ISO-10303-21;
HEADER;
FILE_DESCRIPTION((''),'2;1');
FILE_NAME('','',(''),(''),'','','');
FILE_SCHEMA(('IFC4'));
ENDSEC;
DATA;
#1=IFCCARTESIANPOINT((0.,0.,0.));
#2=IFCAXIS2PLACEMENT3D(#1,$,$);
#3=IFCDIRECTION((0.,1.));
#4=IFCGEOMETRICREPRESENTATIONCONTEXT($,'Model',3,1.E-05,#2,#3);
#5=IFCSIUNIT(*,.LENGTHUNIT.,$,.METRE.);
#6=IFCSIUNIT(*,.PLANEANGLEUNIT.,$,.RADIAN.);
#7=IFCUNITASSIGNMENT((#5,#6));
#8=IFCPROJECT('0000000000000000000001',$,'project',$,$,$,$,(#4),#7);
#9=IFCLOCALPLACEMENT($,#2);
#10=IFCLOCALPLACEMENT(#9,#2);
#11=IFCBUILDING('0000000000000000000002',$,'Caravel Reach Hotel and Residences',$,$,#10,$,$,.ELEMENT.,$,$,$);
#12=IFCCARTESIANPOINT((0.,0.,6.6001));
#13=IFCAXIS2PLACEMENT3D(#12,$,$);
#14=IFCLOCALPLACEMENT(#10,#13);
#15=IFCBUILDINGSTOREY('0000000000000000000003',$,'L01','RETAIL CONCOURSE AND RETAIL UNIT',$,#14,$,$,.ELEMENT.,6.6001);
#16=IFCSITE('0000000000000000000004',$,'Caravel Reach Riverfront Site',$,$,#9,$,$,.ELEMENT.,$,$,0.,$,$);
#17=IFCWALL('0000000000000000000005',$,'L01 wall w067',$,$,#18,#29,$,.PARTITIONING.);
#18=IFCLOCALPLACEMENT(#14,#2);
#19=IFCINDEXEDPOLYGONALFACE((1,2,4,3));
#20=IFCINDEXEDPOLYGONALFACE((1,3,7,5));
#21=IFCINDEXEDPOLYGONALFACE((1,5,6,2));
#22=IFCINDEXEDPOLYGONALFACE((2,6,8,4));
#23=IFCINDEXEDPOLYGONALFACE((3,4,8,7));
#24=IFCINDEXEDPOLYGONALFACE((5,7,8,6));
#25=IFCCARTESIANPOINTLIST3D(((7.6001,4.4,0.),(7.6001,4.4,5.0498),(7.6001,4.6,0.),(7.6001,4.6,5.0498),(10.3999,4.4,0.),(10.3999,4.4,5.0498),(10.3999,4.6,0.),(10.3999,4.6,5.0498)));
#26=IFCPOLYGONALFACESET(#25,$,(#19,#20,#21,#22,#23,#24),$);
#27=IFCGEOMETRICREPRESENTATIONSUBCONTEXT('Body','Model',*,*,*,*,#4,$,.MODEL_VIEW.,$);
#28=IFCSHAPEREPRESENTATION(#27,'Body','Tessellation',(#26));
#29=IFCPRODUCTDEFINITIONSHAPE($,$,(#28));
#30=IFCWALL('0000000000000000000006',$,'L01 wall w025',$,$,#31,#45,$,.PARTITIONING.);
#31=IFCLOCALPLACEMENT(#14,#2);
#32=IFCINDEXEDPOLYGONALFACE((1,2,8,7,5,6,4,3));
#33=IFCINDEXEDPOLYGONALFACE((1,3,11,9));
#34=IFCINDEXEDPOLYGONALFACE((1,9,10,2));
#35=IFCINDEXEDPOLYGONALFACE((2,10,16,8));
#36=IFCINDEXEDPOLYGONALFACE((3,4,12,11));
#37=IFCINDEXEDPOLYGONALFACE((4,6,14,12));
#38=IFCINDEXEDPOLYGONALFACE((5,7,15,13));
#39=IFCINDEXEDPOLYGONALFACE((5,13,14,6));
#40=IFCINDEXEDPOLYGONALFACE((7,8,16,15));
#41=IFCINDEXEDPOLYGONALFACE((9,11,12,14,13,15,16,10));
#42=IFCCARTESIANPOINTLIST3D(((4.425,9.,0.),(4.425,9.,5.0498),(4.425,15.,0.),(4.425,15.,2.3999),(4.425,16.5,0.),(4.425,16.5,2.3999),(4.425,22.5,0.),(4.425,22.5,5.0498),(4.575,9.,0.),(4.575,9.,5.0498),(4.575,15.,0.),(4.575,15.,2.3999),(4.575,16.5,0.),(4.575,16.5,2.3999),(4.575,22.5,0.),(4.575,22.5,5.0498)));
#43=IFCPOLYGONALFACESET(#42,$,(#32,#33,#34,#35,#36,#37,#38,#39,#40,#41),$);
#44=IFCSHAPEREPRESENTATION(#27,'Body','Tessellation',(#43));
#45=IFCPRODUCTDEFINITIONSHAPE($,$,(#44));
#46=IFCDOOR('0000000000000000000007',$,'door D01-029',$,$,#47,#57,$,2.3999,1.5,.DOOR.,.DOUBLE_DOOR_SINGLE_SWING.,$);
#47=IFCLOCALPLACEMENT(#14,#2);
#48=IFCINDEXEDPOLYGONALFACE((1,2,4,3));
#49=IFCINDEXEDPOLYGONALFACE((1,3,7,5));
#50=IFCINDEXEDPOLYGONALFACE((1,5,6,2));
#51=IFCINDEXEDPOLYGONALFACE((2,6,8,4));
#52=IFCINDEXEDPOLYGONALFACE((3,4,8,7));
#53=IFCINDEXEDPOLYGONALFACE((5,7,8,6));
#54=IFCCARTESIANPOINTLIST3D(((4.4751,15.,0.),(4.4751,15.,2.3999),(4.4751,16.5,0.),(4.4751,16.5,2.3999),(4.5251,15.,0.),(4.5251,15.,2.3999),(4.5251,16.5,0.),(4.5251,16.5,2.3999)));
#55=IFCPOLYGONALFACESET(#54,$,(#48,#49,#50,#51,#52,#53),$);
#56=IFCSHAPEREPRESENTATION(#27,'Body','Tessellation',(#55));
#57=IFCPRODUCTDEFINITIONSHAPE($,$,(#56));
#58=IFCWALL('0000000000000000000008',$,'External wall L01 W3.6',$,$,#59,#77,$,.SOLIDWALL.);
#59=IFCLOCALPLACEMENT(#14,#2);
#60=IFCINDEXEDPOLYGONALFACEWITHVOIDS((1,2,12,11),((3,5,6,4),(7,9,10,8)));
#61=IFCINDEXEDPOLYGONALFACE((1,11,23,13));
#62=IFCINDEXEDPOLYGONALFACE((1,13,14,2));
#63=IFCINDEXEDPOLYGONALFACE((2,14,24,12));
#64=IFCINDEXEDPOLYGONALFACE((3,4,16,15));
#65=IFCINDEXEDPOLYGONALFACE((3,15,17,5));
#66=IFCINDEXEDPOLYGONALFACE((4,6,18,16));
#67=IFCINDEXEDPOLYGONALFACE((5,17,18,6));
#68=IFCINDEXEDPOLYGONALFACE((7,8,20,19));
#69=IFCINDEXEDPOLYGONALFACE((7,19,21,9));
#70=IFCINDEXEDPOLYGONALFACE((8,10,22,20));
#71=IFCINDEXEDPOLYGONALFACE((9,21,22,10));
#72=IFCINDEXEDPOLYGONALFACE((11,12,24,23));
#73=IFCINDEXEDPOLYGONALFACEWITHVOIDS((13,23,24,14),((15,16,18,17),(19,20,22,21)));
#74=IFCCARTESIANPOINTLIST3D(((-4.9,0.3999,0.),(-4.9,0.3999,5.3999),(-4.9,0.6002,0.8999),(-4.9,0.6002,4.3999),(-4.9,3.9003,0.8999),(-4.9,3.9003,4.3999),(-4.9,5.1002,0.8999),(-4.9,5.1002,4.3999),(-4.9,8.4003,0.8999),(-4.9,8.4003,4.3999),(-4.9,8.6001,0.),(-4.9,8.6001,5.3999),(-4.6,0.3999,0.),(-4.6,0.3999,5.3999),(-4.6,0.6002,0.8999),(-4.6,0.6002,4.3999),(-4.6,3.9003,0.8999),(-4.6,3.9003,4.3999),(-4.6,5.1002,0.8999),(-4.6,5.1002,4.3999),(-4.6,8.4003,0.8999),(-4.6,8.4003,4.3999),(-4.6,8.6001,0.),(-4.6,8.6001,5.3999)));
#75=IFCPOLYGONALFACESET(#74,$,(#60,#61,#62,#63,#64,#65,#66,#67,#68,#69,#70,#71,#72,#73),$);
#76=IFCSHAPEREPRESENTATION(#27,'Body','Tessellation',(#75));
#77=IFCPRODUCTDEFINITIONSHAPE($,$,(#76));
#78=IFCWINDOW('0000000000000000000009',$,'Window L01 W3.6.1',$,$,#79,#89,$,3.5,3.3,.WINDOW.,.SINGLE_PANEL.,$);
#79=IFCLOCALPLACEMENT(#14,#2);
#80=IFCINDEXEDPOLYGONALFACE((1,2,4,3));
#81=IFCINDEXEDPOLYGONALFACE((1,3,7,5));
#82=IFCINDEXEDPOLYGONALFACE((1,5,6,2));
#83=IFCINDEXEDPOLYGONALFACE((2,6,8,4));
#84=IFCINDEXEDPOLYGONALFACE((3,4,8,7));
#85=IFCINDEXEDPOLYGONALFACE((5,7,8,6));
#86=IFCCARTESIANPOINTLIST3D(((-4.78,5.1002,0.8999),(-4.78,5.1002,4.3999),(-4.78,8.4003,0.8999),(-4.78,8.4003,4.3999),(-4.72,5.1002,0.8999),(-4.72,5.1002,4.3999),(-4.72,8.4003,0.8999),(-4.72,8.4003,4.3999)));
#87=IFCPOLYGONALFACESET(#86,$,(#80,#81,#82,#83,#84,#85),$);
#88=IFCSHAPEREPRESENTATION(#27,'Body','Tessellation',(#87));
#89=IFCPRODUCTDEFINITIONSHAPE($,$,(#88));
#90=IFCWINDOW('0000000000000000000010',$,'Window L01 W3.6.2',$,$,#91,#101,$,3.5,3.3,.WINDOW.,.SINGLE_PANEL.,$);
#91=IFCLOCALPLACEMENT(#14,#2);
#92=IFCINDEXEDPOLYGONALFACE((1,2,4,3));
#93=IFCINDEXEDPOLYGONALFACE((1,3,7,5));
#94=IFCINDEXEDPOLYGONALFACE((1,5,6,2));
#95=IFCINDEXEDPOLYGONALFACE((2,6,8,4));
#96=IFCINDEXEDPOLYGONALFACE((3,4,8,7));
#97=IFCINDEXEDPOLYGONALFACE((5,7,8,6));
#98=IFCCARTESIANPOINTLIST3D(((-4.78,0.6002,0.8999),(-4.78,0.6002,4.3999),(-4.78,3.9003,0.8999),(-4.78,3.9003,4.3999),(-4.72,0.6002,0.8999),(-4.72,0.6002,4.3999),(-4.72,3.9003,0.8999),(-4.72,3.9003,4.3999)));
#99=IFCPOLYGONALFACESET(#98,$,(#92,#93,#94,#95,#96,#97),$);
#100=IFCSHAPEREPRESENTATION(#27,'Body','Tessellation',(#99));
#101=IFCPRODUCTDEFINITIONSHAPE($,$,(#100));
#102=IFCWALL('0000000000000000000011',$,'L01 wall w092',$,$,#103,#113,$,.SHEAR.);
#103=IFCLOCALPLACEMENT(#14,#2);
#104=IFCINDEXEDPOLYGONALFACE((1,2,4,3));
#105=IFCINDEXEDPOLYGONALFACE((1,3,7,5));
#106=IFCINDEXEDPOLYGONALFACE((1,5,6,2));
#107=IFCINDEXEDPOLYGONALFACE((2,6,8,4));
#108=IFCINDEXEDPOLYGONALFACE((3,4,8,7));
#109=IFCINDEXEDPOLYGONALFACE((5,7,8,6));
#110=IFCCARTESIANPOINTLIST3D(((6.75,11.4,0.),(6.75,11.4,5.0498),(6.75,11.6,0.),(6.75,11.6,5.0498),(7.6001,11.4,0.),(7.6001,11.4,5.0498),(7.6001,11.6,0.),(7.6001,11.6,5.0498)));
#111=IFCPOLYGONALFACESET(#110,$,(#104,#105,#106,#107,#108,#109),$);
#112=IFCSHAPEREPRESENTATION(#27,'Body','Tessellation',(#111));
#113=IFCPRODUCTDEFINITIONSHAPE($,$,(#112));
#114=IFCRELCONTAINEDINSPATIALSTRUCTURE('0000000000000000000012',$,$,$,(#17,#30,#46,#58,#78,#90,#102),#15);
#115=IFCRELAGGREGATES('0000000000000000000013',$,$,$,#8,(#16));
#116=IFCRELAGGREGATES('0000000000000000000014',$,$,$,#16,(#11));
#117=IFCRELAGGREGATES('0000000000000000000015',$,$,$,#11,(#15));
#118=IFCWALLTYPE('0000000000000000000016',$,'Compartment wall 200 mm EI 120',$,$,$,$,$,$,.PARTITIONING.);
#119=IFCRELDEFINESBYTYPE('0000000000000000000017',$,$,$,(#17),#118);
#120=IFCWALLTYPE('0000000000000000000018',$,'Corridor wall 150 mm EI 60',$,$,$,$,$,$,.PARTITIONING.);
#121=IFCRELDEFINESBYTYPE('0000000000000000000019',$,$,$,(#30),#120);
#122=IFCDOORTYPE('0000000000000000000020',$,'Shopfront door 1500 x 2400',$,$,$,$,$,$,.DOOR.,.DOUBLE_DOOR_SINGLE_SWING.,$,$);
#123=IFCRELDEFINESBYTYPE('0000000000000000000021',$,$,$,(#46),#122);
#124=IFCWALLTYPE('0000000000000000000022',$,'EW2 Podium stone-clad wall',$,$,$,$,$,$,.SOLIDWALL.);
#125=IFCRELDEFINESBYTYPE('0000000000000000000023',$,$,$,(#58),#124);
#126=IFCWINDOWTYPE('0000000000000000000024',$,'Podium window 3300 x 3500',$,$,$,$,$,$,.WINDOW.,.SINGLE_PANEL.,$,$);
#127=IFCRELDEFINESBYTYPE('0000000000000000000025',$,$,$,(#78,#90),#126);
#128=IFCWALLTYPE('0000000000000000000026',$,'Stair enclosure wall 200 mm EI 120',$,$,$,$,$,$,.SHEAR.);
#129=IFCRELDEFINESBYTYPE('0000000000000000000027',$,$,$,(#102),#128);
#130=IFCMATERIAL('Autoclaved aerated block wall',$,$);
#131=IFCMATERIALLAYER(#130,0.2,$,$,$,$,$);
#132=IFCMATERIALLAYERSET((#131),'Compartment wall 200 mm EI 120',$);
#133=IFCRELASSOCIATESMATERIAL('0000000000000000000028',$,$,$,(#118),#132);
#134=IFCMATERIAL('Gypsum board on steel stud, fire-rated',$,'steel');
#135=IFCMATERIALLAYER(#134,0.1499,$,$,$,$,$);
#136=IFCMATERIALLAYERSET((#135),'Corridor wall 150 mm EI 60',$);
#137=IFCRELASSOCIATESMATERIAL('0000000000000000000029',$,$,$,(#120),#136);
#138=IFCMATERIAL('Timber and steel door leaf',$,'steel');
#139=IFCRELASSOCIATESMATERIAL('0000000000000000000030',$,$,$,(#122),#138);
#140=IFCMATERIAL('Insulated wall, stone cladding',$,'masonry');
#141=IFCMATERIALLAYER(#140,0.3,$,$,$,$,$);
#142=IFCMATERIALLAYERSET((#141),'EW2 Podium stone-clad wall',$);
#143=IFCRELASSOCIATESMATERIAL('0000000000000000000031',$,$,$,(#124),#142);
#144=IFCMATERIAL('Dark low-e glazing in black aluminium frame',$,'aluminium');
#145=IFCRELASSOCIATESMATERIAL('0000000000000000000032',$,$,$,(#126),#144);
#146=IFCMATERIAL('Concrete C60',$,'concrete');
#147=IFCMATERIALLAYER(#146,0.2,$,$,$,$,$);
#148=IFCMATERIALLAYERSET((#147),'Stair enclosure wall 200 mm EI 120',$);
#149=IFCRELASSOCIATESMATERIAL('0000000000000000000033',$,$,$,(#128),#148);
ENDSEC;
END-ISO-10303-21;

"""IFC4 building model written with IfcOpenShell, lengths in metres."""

from ifc_helpers import new_model, si_unit, direction, frame, frame_2d, origin, place, context, subcontext, project, spatial, rectangle, extrude, material, layer, layer_set, type_object, element, fill, save


model = new_model("IFC4")

# Units and contexts
model_context = context("Model", 3, precision=1e-05, world=origin(), true_north=direction((0.0, 1.0)))
body_context = subcontext(model_context, "Body", "Model", "MODEL_VIEW")
ifc_project = project(units=[si_unit("LENGTHUNIT", "METRE"), si_unit("PLANEANGLEUNIT", "RADIAN")], contexts=[model_context])

# Site, building, storey
site_placement = place(None, origin())
site = spatial("IfcSite", under=ifc_project, at=site_placement, Name="Caravel Reach Riverfront Site", CompositionType="ELEMENT", RefElevation=0.0)
building_placement = place(site_placement, origin())
building = spatial("IfcBuilding", under=site, at=building_placement, Name="Caravel Reach Hotel and Residences", CompositionType="ELEMENT")
storey_placement = place(building_placement, frame((0.0, 0.0, 6.6001)))
storey = spatial("IfcBuildingStorey", under=building, at=storey_placement, Name="L01", Description="RETAIL CONCOURSE AND RETAIL UNIT", CompositionType="ELEMENT", Elevation=6.6001)

# Wall
ifc_material_1 = material(Name="Autoclaved aerated block wall")
ifc_layer_1 = layer(ifc_material_1, 0.2)
ifc_layer_set_1 = layer_set([ifc_layer_1], Name="Compartment wall 200 mm EI 120")
wall_type_1 = type_object("IfcWallType", Name="Compartment wall 200 mm EI 120", PredefinedType="PARTITIONING", material=ifc_layer_set_1)
wall_1_placement = place(storey_placement, frame((7.6001, 4.5, 0.0), z_axis=(0.0, 0.0, 1.0), x_axis=(1.0, 0.0, 0.0)))
element("IfcWall", 1, at=wall_1_placement, inside=storey, type_object=wall_type_1, Name="L01 wall w067", PredefinedType="PARTITIONING", context=body_context, shape_type="SweptSolid", body=[
    extrude(rectangle(XDim=2.7998, YDim=0.2, at=frame_2d((1.3999, 0.0))), origin(), (0.0, 0.0, 1.0), 5.0498),
])

# Wall, opening, door
ifc_material_2 = material(Name="Gypsum board on steel stud, fire-rated", Category="steel")
ifc_layer_2 = layer(ifc_material_2, 0.1499)
ifc_layer_set_2 = layer_set([ifc_layer_2], Name="Corridor wall 150 mm EI 60")
wall_type_2 = type_object("IfcWallType", Name="Corridor wall 150 mm EI 60", PredefinedType="PARTITIONING", material=ifc_layer_set_2)
ifc_material_3 = material(Name="Timber and steel door leaf", Category="steel")
door_type = type_object("IfcDoorType", Name="Shopfront door 1500 x 2400", OperationType="DOUBLE_DOOR_SINGLE_SWING", PredefinedType="DOOR", material=ifc_material_3)
wall_2_placement = place(storey_placement, frame((4.5, 9.0, 0.0), z_axis=(0.0, 0.0, 1.0), x_axis=(0.0, 1.0, 0.0)))
wall_2 = element("IfcWall", 2, at=wall_2_placement, inside=storey, type_object=wall_type_2, Name="L01 wall w025", PredefinedType="PARTITIONING", context=body_context, shape_type="SweptSolid", body=[
    extrude(rectangle(XDim=13.5, YDim=0.1499, at=frame_2d((6.75, 0.0))), origin(), (0.0, 0.0, 1.0), 5.0498),
])
opening_1_placement = place(wall_2_placement, frame((6.0, 0.0, 0.0)))
opening_1 = element("IfcOpeningElement", 3, at=opening_1_placement, cuts=wall_2, PredefinedType="OPENING", context=body_context, shape_type="SweptSolid", body=[
    extrude(rectangle(XDim=1.5, YDim=2.3999, at=frame_2d((0.75, 1.2))), frame((0.0, 0.085, 0.0), z_axis=(0.0, -1.0, 0.0), x_axis=(1.0, 0.0, 0.0)), (0.0, 0.0, 1.0), 0.1699),
])
door_1_placement = place(opening_1_placement, origin())
door_1 = element("IfcDoor", 4, at=door_1_placement, inside=storey, type_object=door_type, Name="door D01-029", OperationType="DOUBLE_DOOR_SINGLE_SWING", OverallHeight=2.3999, OverallWidth=1.5, PredefinedType="DOOR", context=body_context, shape_type="SweptSolid", body=[
    extrude(rectangle(XDim=1.5, YDim=2.3999, at=frame_2d((0.75, 1.2))), frame((0.0, 0.0249, 0.0), z_axis=(0.0, -1.0, 0.0), x_axis=(1.0, 0.0, 0.0)), (0.0, 0.0, 1.0), 0.05),
])
fill(opening_1, door_1)

# Wall, openings, windows
ifc_material_4 = material(Name="Insulated wall, stone cladding", Category="masonry")
ifc_layer_3 = layer(ifc_material_4, 0.3)
ifc_layer_set_3 = layer_set([ifc_layer_3], Name="EW2 Podium stone-clad wall")
wall_type_3 = type_object("IfcWallType", Name="EW2 Podium stone-clad wall", PredefinedType="SOLIDWALL", material=ifc_layer_set_3)
wall_3_placement = place(storey_placement, frame((-4.75, 8.6001, 0.0), z_axis=(0.0, 0.0, 1.0), x_axis=(0.0, -1.0, 0.0)))
wall_3 = element("IfcWall", 5, at=wall_3_placement, inside=storey, type_object=wall_type_3, Name="External wall L01 W3.6", PredefinedType="SOLIDWALL", context=body_context, shape_type="SweptSolid", body=[
    extrude(rectangle(XDim=8.2002, YDim=0.3, at=frame_2d((4.1001, 0.0))), origin(), (0.0, 0.0, 1.0), 5.3999),
])
opening_2_placement = place(wall_3_placement, frame((0.2, 0.0, 0.8999)))
opening_2 = element("IfcOpeningElement", 6, at=opening_2_placement, cuts=wall_3, PredefinedType="OPENING", context=body_context, shape_type="SweptSolid", body=[
    extrude(rectangle(XDim=3.3, YDim=3.5, at=frame_2d((1.6499, 1.75))), frame((0.0, 0.1599, 0.0), z_axis=(0.0, -1.0, 0.0), x_axis=(1.0, 0.0, 0.0)), (0.0, 0.0, 1.0), 0.3201),
])
opening_3_placement = place(wall_3_placement, frame((4.7, 0.0, 0.8999)))
opening_3 = element("IfcOpeningElement", 7, at=opening_3_placement, cuts=wall_3, PredefinedType="OPENING", context=body_context, shape_type="SweptSolid", body=[
    extrude(rectangle(XDim=3.3, YDim=3.5, at=frame_2d((1.6499, 1.75))), frame((0.0, 0.1599, 0.0), z_axis=(0.0, -1.0, 0.0), x_axis=(1.0, 0.0, 0.0)), (0.0, 0.0, 1.0), 0.3201),
])
ifc_material_5 = material(Name="Dark low-e glazing in black aluminium frame", Category="aluminium")
window_type = type_object("IfcWindowType", Name="Podium window 3300 x 3500", PartitioningType="SINGLE_PANEL", PredefinedType="WINDOW", material=ifc_material_5)
window_1_placement = place(opening_2_placement, origin())
window_1 = element("IfcWindow", 8, at=window_1_placement, inside=storey, type_object=window_type, Name="Window L01 W3.6.1", OverallHeight=3.5, OverallWidth=3.3, PartitioningType="SINGLE_PANEL", PredefinedType="WINDOW", context=body_context, shape_type="SweptSolid", body=[
    extrude(rectangle(XDim=3.3, YDim=3.5, at=frame_2d((1.6499, 1.75))), frame((0.0, 0.03, 0.0), z_axis=(0.0, -1.0, 0.0), x_axis=(1.0, 0.0, 0.0)), (0.0, 0.0, 1.0), 0.0601),
])
fill(opening_2, window_1)
window_2_placement = place(opening_3_placement, origin())
window_2 = element("IfcWindow", 9, at=window_2_placement, inside=storey, type_object=window_type, Name="Window L01 W3.6.2", OverallHeight=3.5, OverallWidth=3.3, PartitioningType="SINGLE_PANEL", PredefinedType="WINDOW", context=body_context, shape_type="SweptSolid", body=[
    extrude(rectangle(XDim=3.3, YDim=3.5, at=frame_2d((1.6499, 1.75))), frame((0.0, 0.03, 0.0), z_axis=(0.0, -1.0, 0.0), x_axis=(1.0, 0.0, 0.0)), (0.0, 0.0, 1.0), 0.0601),
])
fill(opening_3, window_2)

# Wall
ifc_material_6 = material(Name="Concrete C60", Category="concrete")
ifc_layer_4 = layer(ifc_material_6, 0.2)
ifc_layer_set_4 = layer_set([ifc_layer_4], Name="Stair enclosure wall 200 mm EI 120")
wall_type_4 = type_object("IfcWallType", Name="Stair enclosure wall 200 mm EI 120", PredefinedType="SHEAR", material=ifc_layer_set_4)
wall_4_placement = place(storey_placement, frame((6.75, 11.5, 0.0), z_axis=(0.0, 0.0, 1.0), x_axis=(1.0, 0.0, 0.0)))
element("IfcWall", 10, at=wall_4_placement, inside=storey, type_object=wall_type_4, Name="L01 wall w092", PredefinedType="SHEAR", context=body_context, shape_type="SweptSolid", body=[
    extrude(rectangle(XDim=0.8501, YDim=0.2, at=frame_2d((0.425, 0.0))), origin(), (0.0, 0.0, 1.0), 5.0498),
])

save(model, "model.ifc")
